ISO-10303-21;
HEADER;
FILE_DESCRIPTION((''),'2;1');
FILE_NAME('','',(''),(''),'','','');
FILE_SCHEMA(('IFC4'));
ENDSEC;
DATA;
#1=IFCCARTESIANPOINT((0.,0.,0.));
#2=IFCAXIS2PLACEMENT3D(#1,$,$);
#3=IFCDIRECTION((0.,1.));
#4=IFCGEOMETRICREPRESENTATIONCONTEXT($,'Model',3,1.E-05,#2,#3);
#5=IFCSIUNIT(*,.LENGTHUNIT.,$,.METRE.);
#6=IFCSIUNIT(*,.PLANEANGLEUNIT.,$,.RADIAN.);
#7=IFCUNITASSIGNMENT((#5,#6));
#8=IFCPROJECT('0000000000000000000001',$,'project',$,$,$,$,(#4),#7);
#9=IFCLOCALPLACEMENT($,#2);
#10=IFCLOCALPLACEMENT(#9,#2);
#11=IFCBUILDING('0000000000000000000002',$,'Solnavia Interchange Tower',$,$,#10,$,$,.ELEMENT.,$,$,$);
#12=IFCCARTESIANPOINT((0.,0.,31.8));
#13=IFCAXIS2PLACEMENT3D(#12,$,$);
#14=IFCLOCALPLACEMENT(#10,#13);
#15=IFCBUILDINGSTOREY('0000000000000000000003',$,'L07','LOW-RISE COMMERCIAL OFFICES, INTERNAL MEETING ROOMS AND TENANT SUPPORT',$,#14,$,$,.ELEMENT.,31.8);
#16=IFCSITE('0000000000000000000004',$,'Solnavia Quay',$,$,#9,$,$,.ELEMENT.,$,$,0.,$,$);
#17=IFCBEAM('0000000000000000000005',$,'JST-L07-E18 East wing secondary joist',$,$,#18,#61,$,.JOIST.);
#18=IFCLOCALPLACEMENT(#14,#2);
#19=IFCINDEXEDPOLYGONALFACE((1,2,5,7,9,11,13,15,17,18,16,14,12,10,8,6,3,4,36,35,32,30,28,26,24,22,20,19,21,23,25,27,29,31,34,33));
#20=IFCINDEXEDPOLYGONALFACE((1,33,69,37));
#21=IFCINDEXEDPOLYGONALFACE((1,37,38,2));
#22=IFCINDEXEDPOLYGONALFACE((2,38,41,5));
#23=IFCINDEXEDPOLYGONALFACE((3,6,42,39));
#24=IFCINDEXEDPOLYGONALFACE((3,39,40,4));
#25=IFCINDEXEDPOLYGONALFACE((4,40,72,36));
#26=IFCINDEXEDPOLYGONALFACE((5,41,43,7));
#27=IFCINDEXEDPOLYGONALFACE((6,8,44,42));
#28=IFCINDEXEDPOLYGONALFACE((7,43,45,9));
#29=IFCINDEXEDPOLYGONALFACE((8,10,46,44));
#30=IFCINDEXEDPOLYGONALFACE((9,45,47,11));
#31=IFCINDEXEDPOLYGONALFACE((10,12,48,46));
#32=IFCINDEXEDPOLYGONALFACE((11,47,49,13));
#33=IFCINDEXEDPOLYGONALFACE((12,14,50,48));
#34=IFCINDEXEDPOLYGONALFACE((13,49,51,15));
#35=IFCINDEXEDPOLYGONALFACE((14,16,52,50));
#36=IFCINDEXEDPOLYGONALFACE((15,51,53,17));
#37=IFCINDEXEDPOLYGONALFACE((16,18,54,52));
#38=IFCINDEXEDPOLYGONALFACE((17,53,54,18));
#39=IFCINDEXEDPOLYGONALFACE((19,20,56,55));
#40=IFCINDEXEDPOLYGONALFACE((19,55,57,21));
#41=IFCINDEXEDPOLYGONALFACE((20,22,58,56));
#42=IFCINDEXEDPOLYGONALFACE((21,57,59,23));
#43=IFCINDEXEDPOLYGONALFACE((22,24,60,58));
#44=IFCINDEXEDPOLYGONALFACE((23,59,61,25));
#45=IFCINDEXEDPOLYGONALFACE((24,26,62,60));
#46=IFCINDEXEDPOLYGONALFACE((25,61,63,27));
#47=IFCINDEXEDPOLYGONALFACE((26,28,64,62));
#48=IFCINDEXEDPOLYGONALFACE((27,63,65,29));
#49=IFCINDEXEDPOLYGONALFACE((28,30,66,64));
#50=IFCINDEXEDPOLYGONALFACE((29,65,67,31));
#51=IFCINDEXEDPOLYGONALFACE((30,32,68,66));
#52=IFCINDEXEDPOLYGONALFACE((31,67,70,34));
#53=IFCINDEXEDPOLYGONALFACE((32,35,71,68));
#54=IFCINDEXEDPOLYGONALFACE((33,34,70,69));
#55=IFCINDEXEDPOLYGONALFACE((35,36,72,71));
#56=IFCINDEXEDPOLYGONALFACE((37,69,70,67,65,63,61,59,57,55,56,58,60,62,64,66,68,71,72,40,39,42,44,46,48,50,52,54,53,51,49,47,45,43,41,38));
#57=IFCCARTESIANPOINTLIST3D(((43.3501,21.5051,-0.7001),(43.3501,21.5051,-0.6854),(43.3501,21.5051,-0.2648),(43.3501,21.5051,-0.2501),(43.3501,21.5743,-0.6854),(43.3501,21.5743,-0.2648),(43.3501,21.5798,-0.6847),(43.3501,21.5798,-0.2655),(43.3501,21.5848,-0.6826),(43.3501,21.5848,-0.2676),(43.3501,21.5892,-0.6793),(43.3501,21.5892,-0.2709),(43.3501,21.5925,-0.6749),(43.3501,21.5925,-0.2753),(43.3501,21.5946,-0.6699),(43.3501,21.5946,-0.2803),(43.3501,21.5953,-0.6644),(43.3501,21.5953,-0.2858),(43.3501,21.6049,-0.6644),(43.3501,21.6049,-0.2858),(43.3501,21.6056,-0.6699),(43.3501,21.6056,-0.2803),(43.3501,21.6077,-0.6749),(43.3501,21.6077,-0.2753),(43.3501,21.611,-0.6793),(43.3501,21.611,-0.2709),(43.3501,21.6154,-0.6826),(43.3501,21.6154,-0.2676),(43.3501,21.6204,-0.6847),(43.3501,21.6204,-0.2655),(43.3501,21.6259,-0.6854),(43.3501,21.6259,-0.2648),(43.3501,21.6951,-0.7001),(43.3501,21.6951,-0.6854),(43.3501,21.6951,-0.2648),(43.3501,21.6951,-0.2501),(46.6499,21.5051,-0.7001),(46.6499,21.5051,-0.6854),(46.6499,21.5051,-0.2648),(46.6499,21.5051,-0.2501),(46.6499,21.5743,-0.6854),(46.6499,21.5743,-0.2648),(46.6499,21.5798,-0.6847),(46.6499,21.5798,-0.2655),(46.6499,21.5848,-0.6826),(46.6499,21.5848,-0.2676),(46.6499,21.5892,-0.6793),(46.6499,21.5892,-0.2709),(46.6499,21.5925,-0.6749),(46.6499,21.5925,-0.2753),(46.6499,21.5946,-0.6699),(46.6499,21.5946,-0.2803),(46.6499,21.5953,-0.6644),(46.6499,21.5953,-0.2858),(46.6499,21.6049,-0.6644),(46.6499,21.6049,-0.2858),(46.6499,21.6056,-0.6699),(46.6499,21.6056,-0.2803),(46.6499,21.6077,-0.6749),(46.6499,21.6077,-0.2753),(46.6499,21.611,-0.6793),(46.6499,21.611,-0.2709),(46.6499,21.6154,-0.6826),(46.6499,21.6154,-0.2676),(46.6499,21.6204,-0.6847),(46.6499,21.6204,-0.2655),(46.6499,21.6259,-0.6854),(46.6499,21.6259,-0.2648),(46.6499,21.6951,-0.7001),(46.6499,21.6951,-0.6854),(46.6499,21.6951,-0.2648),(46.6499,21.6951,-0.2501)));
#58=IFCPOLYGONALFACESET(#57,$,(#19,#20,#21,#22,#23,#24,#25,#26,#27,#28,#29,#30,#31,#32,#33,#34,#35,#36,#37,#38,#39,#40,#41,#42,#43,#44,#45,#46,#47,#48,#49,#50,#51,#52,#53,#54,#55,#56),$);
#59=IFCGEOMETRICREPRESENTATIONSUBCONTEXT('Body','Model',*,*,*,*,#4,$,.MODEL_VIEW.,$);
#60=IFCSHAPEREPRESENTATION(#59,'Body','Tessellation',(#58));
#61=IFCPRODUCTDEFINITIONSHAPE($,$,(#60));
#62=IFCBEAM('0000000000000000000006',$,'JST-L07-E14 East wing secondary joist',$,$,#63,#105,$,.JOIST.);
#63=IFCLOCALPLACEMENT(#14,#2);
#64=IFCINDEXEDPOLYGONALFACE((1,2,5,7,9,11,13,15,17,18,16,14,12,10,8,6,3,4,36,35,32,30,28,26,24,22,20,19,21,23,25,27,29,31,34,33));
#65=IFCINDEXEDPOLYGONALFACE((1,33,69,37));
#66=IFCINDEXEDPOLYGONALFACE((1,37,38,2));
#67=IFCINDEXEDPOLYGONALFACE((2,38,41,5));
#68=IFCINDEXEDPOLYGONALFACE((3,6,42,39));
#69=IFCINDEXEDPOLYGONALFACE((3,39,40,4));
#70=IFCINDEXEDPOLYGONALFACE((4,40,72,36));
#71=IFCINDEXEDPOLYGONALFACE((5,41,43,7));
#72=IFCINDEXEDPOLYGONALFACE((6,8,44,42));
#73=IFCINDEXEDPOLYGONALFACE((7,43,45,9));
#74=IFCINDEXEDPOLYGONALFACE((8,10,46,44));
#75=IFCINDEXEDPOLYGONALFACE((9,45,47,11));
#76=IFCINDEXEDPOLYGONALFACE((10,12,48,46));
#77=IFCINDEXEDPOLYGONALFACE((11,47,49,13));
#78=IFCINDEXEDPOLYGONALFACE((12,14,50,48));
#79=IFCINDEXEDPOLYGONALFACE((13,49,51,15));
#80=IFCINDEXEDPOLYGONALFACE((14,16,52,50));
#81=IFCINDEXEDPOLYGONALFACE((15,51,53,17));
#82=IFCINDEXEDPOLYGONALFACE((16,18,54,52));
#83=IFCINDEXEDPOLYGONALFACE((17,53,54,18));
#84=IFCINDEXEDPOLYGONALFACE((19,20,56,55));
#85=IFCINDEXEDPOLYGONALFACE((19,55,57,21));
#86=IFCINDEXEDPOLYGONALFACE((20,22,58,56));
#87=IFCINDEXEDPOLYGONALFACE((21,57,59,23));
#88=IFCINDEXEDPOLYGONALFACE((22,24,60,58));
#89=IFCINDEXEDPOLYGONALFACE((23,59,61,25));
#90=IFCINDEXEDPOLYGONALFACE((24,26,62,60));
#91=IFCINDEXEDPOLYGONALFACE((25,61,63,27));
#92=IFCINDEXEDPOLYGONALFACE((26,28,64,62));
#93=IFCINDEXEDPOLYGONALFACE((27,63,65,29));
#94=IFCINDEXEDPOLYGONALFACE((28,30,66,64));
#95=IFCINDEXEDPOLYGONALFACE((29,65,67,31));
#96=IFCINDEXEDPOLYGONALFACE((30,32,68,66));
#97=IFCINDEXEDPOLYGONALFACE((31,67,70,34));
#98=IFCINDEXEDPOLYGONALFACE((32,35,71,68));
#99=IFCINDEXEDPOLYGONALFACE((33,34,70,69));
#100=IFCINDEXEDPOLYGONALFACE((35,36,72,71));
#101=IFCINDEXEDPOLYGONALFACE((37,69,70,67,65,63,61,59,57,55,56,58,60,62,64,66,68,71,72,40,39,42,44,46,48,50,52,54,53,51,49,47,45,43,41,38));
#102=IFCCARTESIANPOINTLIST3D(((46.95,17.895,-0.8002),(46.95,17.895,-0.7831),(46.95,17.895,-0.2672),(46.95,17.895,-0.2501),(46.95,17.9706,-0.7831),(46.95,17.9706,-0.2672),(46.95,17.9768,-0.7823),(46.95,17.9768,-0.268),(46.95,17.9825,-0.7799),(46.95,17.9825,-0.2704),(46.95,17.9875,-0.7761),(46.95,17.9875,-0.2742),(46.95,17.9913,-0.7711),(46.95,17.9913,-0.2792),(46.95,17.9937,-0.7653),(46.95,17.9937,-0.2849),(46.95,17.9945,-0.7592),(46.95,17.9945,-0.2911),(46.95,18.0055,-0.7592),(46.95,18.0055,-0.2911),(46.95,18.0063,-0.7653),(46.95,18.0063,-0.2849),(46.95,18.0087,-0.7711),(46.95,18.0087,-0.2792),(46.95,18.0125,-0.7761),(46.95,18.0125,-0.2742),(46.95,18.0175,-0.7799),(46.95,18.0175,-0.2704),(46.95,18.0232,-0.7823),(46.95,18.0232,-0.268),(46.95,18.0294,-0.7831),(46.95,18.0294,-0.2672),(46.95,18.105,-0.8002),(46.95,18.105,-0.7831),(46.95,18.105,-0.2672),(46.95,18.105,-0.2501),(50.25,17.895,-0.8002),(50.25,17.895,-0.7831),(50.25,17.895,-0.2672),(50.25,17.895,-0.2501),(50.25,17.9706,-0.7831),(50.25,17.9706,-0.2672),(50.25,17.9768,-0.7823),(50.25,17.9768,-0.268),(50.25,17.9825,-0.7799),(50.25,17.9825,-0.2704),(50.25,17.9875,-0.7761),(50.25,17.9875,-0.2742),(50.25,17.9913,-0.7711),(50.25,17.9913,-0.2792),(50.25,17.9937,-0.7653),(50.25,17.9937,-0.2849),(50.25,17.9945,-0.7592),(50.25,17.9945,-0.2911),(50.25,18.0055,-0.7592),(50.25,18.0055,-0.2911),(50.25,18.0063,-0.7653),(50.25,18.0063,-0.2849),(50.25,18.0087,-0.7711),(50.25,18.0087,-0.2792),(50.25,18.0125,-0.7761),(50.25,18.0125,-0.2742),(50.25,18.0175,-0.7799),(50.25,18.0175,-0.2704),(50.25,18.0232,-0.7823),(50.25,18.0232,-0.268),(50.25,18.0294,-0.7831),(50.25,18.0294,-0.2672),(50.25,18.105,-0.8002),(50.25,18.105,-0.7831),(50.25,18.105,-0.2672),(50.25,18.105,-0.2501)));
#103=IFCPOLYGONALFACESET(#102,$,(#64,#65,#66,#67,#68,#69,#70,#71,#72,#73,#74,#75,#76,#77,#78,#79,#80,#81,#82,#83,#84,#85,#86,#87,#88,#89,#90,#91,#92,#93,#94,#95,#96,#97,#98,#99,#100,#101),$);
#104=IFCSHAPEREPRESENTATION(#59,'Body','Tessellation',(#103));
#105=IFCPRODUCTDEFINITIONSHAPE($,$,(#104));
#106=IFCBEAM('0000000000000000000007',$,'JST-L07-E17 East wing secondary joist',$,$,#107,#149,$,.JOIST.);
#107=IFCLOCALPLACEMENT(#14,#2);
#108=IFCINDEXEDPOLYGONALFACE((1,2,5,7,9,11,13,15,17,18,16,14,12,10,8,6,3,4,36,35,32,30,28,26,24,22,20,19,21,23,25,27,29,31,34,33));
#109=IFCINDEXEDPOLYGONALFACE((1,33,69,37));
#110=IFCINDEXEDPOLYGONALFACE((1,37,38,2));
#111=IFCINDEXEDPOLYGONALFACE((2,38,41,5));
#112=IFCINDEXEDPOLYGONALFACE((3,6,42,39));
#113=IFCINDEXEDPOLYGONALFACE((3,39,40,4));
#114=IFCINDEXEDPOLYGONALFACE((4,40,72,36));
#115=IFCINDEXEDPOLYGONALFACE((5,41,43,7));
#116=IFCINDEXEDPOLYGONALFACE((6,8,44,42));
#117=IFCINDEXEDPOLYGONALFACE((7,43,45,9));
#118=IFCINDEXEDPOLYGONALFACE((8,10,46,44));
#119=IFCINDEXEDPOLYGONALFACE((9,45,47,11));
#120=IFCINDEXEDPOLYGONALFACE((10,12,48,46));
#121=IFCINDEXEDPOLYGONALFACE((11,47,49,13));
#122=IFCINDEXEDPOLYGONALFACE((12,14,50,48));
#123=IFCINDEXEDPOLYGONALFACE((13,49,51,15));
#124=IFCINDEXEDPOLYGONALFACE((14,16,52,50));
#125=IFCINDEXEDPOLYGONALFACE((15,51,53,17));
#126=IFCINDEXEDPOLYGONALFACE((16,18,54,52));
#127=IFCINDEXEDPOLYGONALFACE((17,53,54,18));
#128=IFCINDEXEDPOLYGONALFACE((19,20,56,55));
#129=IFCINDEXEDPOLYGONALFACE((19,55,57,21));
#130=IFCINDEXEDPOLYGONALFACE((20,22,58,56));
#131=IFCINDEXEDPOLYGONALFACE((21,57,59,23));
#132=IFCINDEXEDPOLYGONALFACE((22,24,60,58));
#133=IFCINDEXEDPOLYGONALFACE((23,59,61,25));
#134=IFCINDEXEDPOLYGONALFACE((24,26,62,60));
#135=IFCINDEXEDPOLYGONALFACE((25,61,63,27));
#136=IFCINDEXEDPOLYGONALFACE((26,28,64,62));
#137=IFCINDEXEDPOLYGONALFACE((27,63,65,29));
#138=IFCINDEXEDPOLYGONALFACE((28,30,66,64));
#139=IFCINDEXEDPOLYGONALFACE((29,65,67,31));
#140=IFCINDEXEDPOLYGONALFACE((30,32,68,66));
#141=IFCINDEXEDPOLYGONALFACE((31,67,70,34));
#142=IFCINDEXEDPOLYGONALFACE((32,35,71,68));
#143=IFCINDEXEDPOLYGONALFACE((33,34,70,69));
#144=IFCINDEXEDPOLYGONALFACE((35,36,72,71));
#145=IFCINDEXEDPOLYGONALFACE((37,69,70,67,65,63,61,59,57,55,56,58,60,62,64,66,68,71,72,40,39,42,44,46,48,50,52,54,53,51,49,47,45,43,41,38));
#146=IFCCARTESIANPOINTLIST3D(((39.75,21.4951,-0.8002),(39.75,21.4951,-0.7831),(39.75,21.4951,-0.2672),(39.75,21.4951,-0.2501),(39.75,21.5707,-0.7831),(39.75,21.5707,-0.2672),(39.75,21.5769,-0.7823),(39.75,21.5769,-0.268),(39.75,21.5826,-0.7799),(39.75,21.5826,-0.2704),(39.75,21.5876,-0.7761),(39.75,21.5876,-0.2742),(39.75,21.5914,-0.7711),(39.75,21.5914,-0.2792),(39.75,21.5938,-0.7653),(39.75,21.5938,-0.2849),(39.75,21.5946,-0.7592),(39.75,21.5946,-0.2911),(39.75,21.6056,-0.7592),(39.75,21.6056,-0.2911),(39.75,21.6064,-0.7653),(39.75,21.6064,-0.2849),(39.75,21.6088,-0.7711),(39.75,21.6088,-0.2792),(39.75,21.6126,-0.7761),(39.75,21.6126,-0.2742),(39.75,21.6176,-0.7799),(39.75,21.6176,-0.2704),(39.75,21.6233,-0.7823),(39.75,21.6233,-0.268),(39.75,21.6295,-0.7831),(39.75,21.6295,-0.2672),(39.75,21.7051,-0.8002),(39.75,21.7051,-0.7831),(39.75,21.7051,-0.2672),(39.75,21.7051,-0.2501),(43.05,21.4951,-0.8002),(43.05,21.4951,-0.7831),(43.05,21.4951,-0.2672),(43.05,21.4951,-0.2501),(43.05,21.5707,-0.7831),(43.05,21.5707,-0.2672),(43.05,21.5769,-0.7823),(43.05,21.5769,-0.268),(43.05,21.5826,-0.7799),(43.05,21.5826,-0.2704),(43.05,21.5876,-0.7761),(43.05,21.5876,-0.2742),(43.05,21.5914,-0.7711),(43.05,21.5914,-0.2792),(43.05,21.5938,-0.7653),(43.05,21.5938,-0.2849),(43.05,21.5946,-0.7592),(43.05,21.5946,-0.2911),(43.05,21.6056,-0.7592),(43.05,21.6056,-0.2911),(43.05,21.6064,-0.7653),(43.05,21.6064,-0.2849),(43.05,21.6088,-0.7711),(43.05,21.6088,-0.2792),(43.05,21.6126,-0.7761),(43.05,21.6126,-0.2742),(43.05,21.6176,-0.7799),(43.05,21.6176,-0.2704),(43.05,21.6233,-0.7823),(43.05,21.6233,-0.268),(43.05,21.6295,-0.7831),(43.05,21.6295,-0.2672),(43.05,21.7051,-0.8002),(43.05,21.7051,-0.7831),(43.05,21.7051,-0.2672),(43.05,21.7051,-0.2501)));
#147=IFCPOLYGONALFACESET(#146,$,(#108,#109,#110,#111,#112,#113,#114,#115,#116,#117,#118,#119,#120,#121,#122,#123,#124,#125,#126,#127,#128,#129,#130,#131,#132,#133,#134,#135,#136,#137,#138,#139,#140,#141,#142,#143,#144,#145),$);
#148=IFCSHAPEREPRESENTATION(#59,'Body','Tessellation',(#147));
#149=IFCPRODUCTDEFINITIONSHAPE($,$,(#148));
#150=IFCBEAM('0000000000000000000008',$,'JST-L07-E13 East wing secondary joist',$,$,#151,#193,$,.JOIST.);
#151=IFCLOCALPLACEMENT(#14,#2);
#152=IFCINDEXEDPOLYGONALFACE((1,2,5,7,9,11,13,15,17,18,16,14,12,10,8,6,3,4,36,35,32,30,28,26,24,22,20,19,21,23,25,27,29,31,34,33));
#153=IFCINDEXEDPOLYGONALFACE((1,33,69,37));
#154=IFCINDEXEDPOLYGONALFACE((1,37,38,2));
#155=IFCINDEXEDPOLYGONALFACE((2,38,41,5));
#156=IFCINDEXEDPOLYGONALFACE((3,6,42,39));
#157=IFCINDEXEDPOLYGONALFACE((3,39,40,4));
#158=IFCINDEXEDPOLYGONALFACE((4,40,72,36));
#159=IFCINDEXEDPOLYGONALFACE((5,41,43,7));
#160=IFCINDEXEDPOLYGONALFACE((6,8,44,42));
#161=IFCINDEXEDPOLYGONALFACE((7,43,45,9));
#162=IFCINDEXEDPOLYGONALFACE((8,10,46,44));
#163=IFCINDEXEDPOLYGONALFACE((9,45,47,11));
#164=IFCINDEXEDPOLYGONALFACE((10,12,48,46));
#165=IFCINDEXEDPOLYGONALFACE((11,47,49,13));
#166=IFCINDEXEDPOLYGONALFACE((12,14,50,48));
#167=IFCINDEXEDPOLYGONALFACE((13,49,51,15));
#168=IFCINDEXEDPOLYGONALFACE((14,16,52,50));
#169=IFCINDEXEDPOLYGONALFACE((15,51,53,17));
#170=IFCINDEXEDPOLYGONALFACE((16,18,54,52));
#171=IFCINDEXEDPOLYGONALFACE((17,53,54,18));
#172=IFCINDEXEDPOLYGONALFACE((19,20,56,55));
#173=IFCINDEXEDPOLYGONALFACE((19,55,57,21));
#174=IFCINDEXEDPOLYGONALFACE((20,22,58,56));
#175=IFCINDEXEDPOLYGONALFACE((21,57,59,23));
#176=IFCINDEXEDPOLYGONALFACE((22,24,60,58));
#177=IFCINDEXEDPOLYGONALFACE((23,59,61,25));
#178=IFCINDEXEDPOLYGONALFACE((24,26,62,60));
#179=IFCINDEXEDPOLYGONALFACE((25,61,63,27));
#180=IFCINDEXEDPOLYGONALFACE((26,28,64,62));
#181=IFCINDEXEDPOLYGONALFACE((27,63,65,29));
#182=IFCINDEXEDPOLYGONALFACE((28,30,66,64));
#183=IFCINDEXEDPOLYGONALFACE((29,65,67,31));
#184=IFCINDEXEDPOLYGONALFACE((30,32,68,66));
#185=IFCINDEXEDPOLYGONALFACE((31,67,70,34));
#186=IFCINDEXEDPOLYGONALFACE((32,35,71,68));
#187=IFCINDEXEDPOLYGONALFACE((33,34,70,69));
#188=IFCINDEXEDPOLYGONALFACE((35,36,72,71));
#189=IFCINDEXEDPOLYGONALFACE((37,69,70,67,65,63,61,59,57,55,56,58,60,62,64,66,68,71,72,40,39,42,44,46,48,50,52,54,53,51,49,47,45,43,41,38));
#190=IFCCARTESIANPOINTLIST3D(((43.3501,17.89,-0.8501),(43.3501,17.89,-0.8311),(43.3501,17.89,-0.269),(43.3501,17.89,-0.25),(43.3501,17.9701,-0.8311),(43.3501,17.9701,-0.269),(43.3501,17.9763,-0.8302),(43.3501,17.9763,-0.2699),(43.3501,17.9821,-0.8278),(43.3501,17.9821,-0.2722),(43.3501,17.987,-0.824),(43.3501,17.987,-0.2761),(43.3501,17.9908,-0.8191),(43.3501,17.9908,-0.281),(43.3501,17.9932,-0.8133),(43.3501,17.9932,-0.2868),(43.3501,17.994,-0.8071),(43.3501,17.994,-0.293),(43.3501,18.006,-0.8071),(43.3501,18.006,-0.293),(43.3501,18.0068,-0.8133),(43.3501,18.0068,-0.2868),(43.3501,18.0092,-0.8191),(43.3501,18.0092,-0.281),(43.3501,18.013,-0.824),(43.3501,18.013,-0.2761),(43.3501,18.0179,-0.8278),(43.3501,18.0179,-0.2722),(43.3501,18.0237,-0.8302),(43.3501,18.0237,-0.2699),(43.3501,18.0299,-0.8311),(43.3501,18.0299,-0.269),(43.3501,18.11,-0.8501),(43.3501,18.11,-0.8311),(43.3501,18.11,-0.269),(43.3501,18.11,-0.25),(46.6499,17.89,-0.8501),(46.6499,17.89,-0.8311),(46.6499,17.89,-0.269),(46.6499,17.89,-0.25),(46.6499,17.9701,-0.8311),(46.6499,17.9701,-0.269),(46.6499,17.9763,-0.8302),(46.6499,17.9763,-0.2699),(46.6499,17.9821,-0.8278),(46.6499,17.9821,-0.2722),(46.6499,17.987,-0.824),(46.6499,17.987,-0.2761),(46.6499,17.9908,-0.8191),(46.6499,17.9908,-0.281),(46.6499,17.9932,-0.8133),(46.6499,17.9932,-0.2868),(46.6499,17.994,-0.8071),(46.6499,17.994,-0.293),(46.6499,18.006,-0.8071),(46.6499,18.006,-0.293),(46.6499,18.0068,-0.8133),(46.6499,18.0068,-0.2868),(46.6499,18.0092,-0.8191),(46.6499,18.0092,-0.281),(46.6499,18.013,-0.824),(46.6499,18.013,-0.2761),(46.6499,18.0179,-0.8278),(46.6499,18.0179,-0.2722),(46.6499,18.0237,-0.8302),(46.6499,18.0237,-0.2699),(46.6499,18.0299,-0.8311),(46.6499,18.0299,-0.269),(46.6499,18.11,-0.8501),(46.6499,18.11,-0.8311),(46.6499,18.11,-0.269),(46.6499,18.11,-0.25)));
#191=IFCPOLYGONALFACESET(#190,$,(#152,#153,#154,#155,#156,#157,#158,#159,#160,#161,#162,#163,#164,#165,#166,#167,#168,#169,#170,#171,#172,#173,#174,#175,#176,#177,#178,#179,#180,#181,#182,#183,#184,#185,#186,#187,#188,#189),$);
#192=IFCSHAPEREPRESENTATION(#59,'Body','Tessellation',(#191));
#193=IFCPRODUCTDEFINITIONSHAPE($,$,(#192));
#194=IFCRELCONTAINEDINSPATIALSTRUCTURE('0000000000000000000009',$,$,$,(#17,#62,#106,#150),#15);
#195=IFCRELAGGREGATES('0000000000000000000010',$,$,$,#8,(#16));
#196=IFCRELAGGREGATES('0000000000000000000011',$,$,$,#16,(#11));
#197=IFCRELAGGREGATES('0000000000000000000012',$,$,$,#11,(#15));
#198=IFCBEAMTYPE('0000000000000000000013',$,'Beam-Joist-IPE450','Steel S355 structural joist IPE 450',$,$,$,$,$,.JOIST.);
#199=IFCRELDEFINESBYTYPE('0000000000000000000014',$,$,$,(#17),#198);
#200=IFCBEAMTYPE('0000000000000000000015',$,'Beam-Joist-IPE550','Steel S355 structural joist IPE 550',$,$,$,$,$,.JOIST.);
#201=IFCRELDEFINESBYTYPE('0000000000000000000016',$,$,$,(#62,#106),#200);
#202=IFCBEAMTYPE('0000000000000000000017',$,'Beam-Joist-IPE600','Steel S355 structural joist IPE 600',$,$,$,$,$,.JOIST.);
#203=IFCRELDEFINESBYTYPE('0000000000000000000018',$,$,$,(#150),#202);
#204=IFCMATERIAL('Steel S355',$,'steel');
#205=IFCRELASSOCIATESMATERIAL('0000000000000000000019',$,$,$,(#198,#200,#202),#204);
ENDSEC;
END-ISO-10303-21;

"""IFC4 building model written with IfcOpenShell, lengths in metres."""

from ifc_helpers import new_model, si_unit, direction, frame, origin, origin_2d, place, context, subcontext, project, spatial, i_section, extrude, material, material_profile, profile_set, type_object, element, save


model = new_model("IFC4")

# Units and contexts
model_context = context("Model", 3, precision=1e-05, world=origin(), true_north=direction((0.0, 1.0)))
body_context = subcontext(model_context, "Body", "Model", "MODEL_VIEW")
ifc_project = project(units=[si_unit("LENGTHUNIT", "METRE"), si_unit("PLANEANGLEUNIT", "RADIAN")], contexts=[model_context])

# Site, building, storey
site_placement = place(None, origin())
site = spatial("IfcSite", under=ifc_project, at=site_placement, Name="Solnavia Quay", CompositionType="ELEMENT", RefElevation=0.0)
building_placement = place(site_placement, origin())
building = spatial("IfcBuilding", under=site, at=building_placement, Name="Solnavia Interchange Tower", CompositionType="ELEMENT")
storey_placement = place(building_placement, frame((0.0, 0.0, 31.8)))
storey = spatial("IfcBuildingStorey", under=building, at=storey_placement, Name="L07", Description="LOW-RISE COMMERCIAL OFFICES, INTERNAL MEETING ROOMS AND TENANT SUPPORT", CompositionType="ELEMENT", Elevation=31.8)

# Shared definitions
ifc_material_1 = material(Name="Steel S355", Category="steel")

# Beams
ifc_material_profile_1 = material_profile(ifc_material_1, i_section(OverallWidth=0.1899, OverallDepth=0.45, WebThickness=0.0095, FlangeThickness=0.0146, FilletRadius=0.021, at=origin_2d()), Name="IPE 450")
ifc_profile_set_1 = profile_set([ifc_material_profile_1], Name="Steel S355")
beam_type_1 = type_object("IfcBeamType", Name="Beam-Joist-IPE450", Description="Steel S355 structural joist IPE 450", PredefinedType="JOIST", material=ifc_profile_set_1)
beam_1_placement = place(storey_placement, frame((43.3501, 21.6001, -0.4751), z_axis=(1.0, 0.0, 0.0), x_axis=(0.0, 1.0, 0.0)))
element("IfcBeam", 1, at=beam_1_placement, inside=storey, type_object=beam_type_1, Name="JST-L07-E18 East wing secondary joist", PredefinedType="JOIST", context=body_context, shape_type="SweptSolid", body=[
    extrude(i_section(OverallWidth=0.1899, OverallDepth=0.45, WebThickness=0.0095, FlangeThickness=0.0146, FilletRadius=0.021, at=origin_2d()), origin(), (0.0, 0.0, 1.0), 3.2998),
])
ifc_material_profile_2 = material_profile(ifc_material_1, i_section(OverallWidth=0.21, OverallDepth=0.55, WebThickness=0.011, FlangeThickness=0.0171, FilletRadius=0.0239, at=origin_2d()), Name="IPE 550")
ifc_profile_set_2 = profile_set([ifc_material_profile_2], Name="Steel S355")
beam_type_2 = type_object("IfcBeamType", Name="Beam-Joist-IPE550", Description="Steel S355 structural joist IPE 550", PredefinedType="JOIST", material=ifc_profile_set_2)
for number, where, z_axis, x_axis, name in (
    (2, (46.95, 18.0, -0.5251), (1.0, 0.0, 0.0), (0.0, 1.0, 0.0), "JST-L07-E14 East wing secondary joist"),
    (3, (39.75, 21.6001, -0.5251), (1.0, 0.0, 0.0), (0.0, 1.0, 0.0), "JST-L07-E17 East wing secondary joist"),
):
    element("IfcBeam", number, at=place(storey_placement, frame(where, z_axis=z_axis, x_axis=x_axis)), inside=storey, type_object=beam_type_2, Name=name, PredefinedType="JOIST", context=body_context, shape_type="SweptSolid", body=[
        extrude(i_section(OverallWidth=0.21, OverallDepth=0.55, WebThickness=0.011, FlangeThickness=0.0171, FilletRadius=0.0239, at=origin_2d()), origin(), (0.0, 0.0, 1.0), 3.3),
    ])
ifc_material_profile_3 = material_profile(ifc_material_1, i_section(OverallWidth=0.22, OverallDepth=0.6001, WebThickness=0.012, FlangeThickness=0.019, FilletRadius=0.0239, at=origin_2d()), Name="IPE 600")
ifc_profile_set_3 = profile_set([ifc_material_profile_3], Name="Steel S355")
beam_type_3 = type_object("IfcBeamType", Name="Beam-Joist-IPE600", Description="Steel S355 structural joist IPE 600", PredefinedType="JOIST", material=ifc_profile_set_3)
beam_2_placement = place(storey_placement, frame((43.3501, 18.0, -0.55), z_axis=(1.0, 0.0, 0.0), x_axis=(0.0, 1.0, 0.0)))
element("IfcBeam", 4, at=beam_2_placement, inside=storey, type_object=beam_type_3, Name="JST-L07-E13 East wing secondary joist", PredefinedType="JOIST", context=body_context, shape_type="SweptSolid", body=[
    extrude(i_section(OverallWidth=0.22, OverallDepth=0.6001, WebThickness=0.012, FlangeThickness=0.019, FilletRadius=0.0239, at=origin_2d()), origin(), (0.0, 0.0, 1.0), 3.2998),
])

save(model, "model.ifc")
